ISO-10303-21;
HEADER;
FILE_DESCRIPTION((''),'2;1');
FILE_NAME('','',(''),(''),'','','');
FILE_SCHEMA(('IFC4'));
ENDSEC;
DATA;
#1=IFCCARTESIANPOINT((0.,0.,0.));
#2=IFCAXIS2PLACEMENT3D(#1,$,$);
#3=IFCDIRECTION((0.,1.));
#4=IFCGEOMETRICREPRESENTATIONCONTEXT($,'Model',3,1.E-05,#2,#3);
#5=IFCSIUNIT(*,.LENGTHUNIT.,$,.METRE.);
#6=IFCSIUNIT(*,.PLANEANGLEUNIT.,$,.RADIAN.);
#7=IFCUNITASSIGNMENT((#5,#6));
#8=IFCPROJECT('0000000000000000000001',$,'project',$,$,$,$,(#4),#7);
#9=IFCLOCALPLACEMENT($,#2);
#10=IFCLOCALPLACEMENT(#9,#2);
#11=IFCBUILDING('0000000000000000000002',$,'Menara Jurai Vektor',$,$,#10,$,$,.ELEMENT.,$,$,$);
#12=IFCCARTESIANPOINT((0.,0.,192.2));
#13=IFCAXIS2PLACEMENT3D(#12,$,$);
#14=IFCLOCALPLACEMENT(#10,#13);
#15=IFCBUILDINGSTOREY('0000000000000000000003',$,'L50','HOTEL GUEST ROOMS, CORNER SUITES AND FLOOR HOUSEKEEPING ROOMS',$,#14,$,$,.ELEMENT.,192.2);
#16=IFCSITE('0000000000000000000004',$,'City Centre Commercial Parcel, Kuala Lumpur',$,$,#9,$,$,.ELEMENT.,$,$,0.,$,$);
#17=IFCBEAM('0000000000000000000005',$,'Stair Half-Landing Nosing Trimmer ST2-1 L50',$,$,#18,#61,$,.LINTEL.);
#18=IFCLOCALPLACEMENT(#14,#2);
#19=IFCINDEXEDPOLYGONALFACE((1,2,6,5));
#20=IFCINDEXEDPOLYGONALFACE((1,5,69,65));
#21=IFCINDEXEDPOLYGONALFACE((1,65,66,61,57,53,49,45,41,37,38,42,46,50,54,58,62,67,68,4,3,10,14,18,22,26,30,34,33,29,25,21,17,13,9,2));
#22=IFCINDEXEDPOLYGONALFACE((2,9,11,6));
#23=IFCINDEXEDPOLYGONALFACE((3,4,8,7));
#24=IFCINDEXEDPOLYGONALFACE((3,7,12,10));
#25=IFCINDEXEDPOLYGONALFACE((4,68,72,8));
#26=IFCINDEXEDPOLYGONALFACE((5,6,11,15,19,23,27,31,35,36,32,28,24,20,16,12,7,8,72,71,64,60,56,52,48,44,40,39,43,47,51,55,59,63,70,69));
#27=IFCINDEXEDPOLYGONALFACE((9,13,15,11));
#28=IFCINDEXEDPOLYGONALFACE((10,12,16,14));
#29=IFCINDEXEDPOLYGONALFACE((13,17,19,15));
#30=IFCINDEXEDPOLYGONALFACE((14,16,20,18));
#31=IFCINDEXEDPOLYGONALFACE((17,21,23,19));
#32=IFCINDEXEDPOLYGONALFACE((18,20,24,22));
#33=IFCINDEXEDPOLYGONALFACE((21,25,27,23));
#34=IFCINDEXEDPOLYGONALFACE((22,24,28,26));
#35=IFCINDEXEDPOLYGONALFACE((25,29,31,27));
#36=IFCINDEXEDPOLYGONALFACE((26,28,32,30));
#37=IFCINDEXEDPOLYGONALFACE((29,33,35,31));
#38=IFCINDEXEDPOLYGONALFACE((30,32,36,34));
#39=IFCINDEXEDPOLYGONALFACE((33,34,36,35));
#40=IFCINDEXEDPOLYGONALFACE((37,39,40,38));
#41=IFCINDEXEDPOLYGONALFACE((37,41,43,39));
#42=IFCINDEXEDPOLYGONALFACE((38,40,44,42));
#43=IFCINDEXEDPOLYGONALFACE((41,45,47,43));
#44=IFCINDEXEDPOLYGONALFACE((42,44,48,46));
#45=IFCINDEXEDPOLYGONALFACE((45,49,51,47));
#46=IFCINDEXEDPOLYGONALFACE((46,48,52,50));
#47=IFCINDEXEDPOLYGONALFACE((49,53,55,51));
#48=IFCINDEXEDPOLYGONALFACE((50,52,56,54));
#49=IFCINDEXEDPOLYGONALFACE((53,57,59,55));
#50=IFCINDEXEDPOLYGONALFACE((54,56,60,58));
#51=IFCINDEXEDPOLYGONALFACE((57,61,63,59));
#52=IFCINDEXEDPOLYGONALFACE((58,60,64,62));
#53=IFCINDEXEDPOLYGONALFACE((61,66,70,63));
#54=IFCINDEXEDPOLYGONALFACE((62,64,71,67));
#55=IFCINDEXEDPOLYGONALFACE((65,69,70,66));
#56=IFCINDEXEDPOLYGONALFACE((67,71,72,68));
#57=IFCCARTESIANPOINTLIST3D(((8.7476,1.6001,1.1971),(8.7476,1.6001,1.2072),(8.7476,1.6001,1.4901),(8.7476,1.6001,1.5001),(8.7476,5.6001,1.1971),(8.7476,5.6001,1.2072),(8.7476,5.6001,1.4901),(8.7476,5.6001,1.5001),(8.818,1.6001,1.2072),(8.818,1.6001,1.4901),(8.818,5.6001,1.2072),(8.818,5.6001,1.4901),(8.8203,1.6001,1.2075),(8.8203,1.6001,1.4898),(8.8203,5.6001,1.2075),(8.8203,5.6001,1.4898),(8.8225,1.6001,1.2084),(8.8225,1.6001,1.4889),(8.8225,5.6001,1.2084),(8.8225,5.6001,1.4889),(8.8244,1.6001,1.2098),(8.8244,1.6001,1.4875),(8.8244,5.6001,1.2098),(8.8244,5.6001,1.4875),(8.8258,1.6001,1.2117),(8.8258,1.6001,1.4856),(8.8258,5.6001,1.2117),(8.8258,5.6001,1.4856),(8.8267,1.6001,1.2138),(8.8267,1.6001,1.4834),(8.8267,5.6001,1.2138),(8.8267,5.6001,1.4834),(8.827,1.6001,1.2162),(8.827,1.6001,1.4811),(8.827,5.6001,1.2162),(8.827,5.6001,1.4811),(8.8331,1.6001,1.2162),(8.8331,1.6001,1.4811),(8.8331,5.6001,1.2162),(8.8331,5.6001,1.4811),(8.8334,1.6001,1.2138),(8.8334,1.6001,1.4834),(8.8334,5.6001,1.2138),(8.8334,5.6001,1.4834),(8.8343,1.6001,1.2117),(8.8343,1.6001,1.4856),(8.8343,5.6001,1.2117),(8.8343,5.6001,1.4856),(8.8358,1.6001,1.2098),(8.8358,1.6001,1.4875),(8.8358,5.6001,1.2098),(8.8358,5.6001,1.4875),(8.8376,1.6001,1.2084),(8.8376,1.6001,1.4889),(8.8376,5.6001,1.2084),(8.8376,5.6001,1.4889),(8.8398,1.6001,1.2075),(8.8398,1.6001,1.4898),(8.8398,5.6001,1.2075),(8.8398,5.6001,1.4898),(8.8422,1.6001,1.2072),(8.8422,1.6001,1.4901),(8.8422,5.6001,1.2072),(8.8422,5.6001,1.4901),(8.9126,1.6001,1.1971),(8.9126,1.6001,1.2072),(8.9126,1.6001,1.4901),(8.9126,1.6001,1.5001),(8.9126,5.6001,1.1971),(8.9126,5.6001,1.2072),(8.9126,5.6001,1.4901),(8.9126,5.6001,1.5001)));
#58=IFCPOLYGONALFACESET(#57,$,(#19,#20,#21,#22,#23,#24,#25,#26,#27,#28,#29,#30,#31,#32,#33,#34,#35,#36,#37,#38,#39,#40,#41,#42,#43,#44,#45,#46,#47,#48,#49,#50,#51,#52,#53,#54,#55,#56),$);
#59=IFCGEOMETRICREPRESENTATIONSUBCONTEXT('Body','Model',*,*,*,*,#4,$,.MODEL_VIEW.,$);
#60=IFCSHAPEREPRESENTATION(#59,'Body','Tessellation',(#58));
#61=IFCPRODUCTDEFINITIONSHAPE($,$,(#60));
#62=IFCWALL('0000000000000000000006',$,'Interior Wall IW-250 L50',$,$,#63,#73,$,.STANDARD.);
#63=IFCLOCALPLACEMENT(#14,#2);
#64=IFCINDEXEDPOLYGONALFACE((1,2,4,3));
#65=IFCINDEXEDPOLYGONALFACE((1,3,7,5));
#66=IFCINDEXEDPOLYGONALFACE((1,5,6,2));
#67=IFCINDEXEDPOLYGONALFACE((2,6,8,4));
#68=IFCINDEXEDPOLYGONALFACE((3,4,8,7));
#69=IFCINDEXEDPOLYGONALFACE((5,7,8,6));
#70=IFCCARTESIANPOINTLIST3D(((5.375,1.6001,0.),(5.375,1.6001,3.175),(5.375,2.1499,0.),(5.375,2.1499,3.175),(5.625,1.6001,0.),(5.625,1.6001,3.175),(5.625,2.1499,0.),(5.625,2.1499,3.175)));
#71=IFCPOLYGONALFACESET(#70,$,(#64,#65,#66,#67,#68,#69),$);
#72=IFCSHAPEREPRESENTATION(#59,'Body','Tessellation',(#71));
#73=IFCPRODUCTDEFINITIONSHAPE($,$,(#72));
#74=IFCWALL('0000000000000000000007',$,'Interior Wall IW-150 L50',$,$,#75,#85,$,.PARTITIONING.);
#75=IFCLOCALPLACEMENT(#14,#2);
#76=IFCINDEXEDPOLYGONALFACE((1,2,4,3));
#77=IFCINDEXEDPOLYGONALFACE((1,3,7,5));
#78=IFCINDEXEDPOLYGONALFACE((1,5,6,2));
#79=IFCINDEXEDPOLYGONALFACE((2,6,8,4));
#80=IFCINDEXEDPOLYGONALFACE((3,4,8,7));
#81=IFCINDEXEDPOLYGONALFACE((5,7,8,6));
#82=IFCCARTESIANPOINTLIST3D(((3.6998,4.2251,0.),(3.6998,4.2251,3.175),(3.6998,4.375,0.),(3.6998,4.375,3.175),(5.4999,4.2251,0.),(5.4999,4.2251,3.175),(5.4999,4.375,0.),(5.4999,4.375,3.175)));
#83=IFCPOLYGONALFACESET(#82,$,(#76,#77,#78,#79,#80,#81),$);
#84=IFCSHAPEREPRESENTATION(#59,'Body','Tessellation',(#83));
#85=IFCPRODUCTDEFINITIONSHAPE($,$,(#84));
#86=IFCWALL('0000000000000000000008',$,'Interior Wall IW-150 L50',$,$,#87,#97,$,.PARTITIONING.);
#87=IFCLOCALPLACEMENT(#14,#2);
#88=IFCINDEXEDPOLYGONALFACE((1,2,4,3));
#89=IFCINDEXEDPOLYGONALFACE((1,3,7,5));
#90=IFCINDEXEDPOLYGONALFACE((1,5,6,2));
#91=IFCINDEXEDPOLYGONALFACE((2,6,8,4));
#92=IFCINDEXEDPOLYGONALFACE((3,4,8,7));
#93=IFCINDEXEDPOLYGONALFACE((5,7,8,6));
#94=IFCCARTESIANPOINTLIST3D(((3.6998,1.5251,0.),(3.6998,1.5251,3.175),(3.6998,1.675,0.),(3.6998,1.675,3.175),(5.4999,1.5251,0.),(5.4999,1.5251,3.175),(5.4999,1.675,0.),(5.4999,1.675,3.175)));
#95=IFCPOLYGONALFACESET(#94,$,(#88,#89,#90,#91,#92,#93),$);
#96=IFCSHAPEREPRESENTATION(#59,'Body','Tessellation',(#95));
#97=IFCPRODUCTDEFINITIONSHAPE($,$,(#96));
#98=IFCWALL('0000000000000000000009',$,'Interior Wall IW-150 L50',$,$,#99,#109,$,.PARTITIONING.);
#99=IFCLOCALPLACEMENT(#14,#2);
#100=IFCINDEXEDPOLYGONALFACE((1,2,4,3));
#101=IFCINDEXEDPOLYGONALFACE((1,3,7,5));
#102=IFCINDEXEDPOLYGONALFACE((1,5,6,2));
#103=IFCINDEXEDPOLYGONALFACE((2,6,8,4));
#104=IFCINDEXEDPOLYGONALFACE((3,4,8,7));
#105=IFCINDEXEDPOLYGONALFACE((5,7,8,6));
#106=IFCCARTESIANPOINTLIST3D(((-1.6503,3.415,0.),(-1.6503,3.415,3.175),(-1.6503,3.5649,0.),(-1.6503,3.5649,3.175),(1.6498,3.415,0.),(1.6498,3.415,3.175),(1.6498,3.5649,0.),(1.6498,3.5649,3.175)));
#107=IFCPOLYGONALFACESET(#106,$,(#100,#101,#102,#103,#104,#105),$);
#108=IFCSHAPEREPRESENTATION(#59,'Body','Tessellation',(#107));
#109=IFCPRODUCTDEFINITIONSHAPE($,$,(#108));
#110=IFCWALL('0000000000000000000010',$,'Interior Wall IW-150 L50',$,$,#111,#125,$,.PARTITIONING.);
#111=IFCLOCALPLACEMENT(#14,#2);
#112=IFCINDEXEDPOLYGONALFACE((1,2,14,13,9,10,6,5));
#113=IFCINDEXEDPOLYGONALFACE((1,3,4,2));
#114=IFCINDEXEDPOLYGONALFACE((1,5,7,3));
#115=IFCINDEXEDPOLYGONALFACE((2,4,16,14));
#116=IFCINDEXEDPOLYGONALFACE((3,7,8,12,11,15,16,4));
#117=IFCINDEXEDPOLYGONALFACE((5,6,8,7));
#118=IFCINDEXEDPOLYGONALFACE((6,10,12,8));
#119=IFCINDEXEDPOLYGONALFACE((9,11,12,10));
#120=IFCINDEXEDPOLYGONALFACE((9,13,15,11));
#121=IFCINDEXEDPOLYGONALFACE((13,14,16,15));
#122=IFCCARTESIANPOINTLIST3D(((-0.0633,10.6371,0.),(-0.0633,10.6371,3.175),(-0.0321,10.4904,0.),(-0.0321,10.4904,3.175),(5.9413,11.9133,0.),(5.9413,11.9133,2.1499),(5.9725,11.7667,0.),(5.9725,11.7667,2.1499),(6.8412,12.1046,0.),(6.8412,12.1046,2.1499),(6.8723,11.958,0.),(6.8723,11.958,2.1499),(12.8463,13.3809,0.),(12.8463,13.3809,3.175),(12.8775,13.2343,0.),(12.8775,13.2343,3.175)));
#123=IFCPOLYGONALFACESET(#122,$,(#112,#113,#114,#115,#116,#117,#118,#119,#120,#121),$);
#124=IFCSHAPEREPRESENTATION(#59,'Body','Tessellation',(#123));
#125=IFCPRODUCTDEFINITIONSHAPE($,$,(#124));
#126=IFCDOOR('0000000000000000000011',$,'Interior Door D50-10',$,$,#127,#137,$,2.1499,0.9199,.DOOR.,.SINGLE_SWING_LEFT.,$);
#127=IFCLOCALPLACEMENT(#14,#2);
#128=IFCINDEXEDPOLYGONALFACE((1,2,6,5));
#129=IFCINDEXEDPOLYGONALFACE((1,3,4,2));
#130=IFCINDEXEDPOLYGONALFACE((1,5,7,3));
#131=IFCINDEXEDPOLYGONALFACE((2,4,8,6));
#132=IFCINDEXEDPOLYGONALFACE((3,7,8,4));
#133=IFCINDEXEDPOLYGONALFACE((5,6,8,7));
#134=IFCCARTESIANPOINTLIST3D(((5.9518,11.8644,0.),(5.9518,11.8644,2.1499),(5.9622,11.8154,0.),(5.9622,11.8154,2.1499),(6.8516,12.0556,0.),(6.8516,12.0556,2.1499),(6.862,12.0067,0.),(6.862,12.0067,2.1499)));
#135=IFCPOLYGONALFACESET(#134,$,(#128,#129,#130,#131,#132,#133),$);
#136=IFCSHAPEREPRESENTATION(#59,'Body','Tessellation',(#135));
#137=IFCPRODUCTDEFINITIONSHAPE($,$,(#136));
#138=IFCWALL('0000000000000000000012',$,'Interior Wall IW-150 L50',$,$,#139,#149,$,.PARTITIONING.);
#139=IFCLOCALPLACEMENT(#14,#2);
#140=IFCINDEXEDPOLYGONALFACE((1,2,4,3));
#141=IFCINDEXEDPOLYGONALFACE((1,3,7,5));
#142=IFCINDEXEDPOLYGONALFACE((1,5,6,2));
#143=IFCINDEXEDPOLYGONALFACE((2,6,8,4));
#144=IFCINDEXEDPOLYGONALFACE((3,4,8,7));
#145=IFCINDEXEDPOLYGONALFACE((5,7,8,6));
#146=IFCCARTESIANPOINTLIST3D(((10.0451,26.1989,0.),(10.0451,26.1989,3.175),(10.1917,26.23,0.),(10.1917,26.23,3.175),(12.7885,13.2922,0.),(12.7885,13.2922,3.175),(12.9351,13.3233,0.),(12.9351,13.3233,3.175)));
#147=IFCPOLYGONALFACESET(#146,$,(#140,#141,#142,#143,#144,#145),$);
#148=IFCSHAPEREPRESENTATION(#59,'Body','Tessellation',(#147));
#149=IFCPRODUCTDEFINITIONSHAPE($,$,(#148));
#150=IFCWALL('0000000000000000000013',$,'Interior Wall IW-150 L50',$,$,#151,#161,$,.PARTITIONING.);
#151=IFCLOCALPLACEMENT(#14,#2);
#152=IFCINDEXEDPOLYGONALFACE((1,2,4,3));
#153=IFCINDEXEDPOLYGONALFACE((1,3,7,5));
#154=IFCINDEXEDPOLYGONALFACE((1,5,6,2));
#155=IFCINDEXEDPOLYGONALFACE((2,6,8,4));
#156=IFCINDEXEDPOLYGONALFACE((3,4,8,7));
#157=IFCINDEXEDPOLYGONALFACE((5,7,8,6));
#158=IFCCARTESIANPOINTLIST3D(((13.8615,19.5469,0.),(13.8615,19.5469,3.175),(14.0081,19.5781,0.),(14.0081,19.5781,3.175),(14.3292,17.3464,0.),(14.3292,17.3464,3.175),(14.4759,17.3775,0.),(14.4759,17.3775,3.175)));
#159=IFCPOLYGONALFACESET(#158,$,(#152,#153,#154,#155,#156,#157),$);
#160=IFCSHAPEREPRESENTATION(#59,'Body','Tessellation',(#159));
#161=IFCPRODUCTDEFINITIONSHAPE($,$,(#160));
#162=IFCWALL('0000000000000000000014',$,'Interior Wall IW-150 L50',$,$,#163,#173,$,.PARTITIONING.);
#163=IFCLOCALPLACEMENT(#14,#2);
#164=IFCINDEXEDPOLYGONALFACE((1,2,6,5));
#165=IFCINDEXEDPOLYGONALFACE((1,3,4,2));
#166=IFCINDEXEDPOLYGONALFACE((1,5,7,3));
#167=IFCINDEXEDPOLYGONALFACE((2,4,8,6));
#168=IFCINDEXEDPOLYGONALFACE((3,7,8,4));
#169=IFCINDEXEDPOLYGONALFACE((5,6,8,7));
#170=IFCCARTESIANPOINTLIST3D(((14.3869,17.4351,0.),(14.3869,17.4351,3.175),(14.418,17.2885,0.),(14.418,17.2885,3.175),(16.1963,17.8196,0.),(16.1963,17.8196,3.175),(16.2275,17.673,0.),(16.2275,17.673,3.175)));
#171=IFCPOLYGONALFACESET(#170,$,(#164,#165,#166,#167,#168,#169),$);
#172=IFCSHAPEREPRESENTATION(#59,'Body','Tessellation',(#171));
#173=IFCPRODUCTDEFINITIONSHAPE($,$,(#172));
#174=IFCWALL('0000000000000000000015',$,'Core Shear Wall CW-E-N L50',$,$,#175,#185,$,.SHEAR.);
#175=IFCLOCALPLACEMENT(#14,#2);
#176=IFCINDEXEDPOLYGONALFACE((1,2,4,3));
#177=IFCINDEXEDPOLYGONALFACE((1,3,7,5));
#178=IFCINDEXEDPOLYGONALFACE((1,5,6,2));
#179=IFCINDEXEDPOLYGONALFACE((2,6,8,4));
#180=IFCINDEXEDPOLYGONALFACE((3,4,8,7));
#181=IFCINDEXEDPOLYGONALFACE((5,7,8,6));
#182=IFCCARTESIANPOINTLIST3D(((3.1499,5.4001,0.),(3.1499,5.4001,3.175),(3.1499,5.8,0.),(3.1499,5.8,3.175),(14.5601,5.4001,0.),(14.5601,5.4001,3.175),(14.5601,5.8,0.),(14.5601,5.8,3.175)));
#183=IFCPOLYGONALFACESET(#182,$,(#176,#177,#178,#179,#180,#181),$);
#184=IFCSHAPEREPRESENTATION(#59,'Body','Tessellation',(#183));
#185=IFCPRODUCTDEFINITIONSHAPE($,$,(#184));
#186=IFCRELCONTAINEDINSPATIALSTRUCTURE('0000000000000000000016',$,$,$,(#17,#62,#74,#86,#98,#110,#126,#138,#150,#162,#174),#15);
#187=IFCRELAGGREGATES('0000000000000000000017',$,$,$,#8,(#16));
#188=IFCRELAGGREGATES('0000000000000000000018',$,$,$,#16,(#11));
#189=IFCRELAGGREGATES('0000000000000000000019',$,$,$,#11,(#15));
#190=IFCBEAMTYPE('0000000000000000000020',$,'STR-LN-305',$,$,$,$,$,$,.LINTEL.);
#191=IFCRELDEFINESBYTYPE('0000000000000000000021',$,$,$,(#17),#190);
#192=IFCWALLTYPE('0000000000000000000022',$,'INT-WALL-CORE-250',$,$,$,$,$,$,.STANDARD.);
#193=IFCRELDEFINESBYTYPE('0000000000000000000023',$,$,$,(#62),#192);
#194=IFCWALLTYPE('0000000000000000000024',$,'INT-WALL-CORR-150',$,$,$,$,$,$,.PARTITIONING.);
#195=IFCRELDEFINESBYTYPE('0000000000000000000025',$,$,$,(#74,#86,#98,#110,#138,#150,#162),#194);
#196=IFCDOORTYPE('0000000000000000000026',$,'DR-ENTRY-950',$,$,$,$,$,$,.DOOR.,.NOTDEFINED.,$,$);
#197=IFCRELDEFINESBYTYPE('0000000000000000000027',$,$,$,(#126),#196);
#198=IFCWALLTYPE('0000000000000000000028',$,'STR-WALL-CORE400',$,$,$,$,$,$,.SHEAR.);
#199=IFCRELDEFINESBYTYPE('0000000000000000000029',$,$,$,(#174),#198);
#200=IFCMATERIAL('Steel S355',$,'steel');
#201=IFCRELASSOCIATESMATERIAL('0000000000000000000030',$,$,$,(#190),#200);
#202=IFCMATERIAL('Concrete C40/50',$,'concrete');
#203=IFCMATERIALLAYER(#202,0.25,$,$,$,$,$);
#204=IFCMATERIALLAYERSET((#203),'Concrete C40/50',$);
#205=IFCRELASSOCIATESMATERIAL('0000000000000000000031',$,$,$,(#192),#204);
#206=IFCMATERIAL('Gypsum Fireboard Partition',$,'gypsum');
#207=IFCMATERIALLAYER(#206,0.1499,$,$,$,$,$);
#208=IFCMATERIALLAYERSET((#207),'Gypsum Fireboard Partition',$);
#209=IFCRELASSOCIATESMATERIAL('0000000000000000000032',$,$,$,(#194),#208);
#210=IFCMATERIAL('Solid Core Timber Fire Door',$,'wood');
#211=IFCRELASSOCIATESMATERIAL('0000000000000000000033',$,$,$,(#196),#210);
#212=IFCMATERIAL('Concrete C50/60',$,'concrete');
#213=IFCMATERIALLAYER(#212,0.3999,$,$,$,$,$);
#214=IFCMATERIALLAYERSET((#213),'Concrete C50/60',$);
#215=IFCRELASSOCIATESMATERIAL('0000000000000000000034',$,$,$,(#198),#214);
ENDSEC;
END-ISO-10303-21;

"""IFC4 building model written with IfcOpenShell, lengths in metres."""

from ifc_helpers import new_model, si_unit, direction, frame, frame_2d, origin, origin_2d, place, context, subcontext, project, spatial, rectangle, i_section, extrude, material, layer, layer_set, material_profile, profile_set, type_object, element, fill, save


model = new_model("IFC4")

# Units and contexts
model_context = context("Model", 3, precision=1e-05, world=origin(), true_north=direction((0.0, 1.0)))
body_context = subcontext(model_context, "Body", "Model", "MODEL_VIEW")
ifc_project = project(units=[si_unit("LENGTHUNIT", "METRE"), si_unit("PLANEANGLEUNIT", "RADIAN")], contexts=[model_context])

# Site, building, storey
site_placement = place(None, origin())
site = spatial("IfcSite", under=ifc_project, at=site_placement, Name="City Centre Commercial Parcel, Kuala Lumpur", CompositionType="ELEMENT", RefElevation=0.0)
building_placement = place(site_placement, origin())
building = spatial("IfcBuilding", under=site, at=building_placement, Name="Menara Jurai Vektor", CompositionType="ELEMENT")
storey_placement = place(building_placement, frame((0.0, 0.0, 192.2)))
storey = spatial("IfcBuildingStorey", under=building, at=storey_placement, Name="L50", Description="HOTEL GUEST ROOMS, CORNER SUITES AND FLOOR HOUSEKEEPING ROOMS", CompositionType="ELEMENT", Elevation=192.2)

# Shared definitions
ifc_material_1 = material(Name="Concrete C50/60", Category="concrete")
ifc_material_2 = material(Name="Steel S355", Category="steel")

# Beam
ifc_material_profile_1 = material_profile(ifc_material_2, i_section(OverallWidth=0.165, OverallDepth=0.303, WebThickness=0.0061, FlangeThickness=0.01, FilletRadius=0.009, at=origin_2d()), Name="UKB 305x165x40")
ifc_profile_set_1 = profile_set([ifc_material_profile_1], Name="Steel S355")
beam_type_1 = type_object("IfcBeamType", Name="STR-LN-305", PredefinedType="LINTEL", material=ifc_profile_set_1)
beam_1_placement = place(storey_placement, frame((8.8301, 1.6001, 1.3486), z_axis=(0.0, 1.0, 0.0), x_axis=(-1.0, 0.0, 0.0)))
element("IfcBeam", 1, at=beam_1_placement, inside=storey, type_object=beam_type_1, Name="Stair Half-Landing Nosing Trimmer ST2-1 L50", PredefinedType="LINTEL", context=body_context, shape_type="SweptSolid", body=[
    extrude(i_section(OverallWidth=0.165, OverallDepth=0.303, WebThickness=0.0061, FlangeThickness=0.01, FilletRadius=0.009, at=origin_2d()), origin(), (0.0, 0.0, 1.0), 4.0),
])

# Shared definitions
ifc_material_3 = material(Name="Concrete C40/50", Category="concrete")
ifc_layer_1 = layer(ifc_material_3, 0.25)
ifc_layer_set_1 = layer_set([ifc_layer_1], Name="Concrete C40/50")
wall_type_1 = type_object("IfcWallType", Name="INT-WALL-CORE-250", PredefinedType="STANDARD", material=ifc_layer_set_1)

# Walls
wall_1_placement = place(storey_placement, frame((5.5, 1.6001, 0.0), z_axis=(0.0, 0.0, 1.0), x_axis=(0.0, 1.0, 0.0)))
element("IfcWall", 2, at=wall_1_placement, inside=storey, type_object=wall_type_1, Name="Interior Wall IW-250 L50", PredefinedType="STANDARD", context=body_context, shape_type="SweptSolid", body=[
    extrude(rectangle(XDim=0.5498, YDim=0.25, at=frame_2d((0.2749, 0.0))), origin(), (0.0, 0.0, 1.0), 3.175),
])
ifc_material_4 = material(Name="Gypsum Fireboard Partition", Category="gypsum")
ifc_layer_2 = layer(ifc_material_4, 0.1499)
ifc_layer_set_2 = layer_set([ifc_layer_2], Name="Gypsum Fireboard Partition")
wall_type_2 = type_object("IfcWallType", Name="INT-WALL-CORR-150", PredefinedType="PARTITIONING", material=ifc_layer_set_2)
for number, where, z_axis, x_axis, name in (
    (3, (3.7, 4.3, 0.0), (0.0, 0.0, 1.0), (1.0, 0.0, 0.0), "Interior Wall IW-150 L50"),
    (4, (3.7, 1.6001, 0.0), (0.0, 0.0, 1.0), (1.0, 0.0, 0.0), "Interior Wall IW-150 L50"),
):
    element("IfcWall", number, at=place(storey_placement, frame(where, z_axis=z_axis, x_axis=x_axis)), inside=storey, type_object=wall_type_2, Name=name, PredefinedType="PARTITIONING", context=body_context, shape_type="SweptSolid", body=[
        extrude(rectangle(XDim=1.8, YDim=0.1499, at=frame_2d((0.8999, 0.0))), origin(), (0.0, 0.0, 1.0), 3.175),
    ])
wall_2_placement = place(storey_placement, frame((-1.6501, 3.49, 0.0), z_axis=(0.0, 0.0, 1.0), x_axis=(1.0, 0.0, 0.0)))
element("IfcWall", 5, at=wall_2_placement, inside=storey, type_object=wall_type_2, Name="Interior Wall IW-150 L50", PredefinedType="PARTITIONING", context=body_context, shape_type="SweptSolid", body=[
    extrude(rectangle(XDim=3.3, YDim=0.1499, at=frame_2d((1.6499, 0.0))), origin(), (0.0, 0.0, 1.0), 3.175),
])

# Wall, opening, door
wall_3_placement = place(storey_placement, frame((-0.0479, 10.5637, 0.0), z_axis=(0.0, 0.0, 1.0), x_axis=(0.97815, 0.207902, 0.0)))
wall_3 = element("IfcWall", 6, at=wall_3_placement, inside=storey, type_object=wall_type_2, Name="Interior Wall IW-150 L50", PredefinedType="PARTITIONING", context=body_context, shape_type="SweptSolid", body=[
    extrude(rectangle(XDim=13.198, YDim=0.1499, at=frame_2d((6.5991, 0.0))), origin(), (0.0, 0.0, 1.0), 3.175),
])
opening_1_placement = place(wall_3_placement, frame((6.1389, 0.0, 0.0)))
opening_1 = element("IfcOpeningElement", 7, at=opening_1_placement, cuts=wall_3, PredefinedType="OPENING", context=body_context, shape_type="SweptSolid", body=[
    extrude(rectangle(XDim=0.9199, YDim=2.1499, at=frame_2d((0.46, 1.075))), frame((0.0, 0.085, 0.0), z_axis=(0.0, -1.0, 0.0), x_axis=(1.0, 0.0, 0.0)), (0.0, 0.0, 1.0), 0.1699),
])
ifc_material_5 = material(Name="Solid Core Timber Fire Door", Category="wood")
door_type_1 = type_object("IfcDoorType", Name="DR-ENTRY-950", OperationType="NOTDEFINED", PredefinedType="DOOR", material=ifc_material_5)
door_1_placement = place(opening_1_placement, origin())
door_1 = element("IfcDoor", 8, at=door_1_placement, inside=storey, type_object=door_type_1, Name="Interior Door D50-10", OperationType="SINGLE_SWING_LEFT", OverallHeight=2.1499, OverallWidth=0.9199, PredefinedType="DOOR", context=body_context, shape_type="SweptSolid", body=[
    extrude(rectangle(XDim=0.9199, YDim=2.1499, at=frame_2d((0.46, 1.075))), frame((0.0, 0.0249, 0.0), z_axis=(0.0, -1.0, 0.0), x_axis=(1.0, 0.0, 0.0)), (0.0, 0.0, 1.0), 0.05),
])
fill(opening_1, door_1)

# Walls
wall_4_placement = place(storey_placement, frame((12.8618, 13.3076, 0.0), z_axis=(0.0, 0.0, 1.0), x_axis=(-0.207911, 0.978148, 0.0)))
element("IfcWall", 9, at=wall_4_placement, inside=storey, type_object=wall_type_2, Name="Interior Wall IW-150 L50", PredefinedType="PARTITIONING", context=body_context, shape_type="SweptSolid", body=[
    extrude(rectangle(XDim=13.1951, YDim=0.1499, at=frame_2d((6.5977, 0.0))), origin(), (0.0, 0.0, 1.0), 3.175),
])
wall_5_placement = place(storey_placement, frame((14.4026, 17.3618, 0.0), z_axis=(0.0, 0.0, 1.0), x_axis=(-0.207913, 0.978147, 0.0)))
element("IfcWall", 10, at=wall_5_placement, inside=storey, type_object=wall_type_2, Name="Interior Wall IW-150 L50", PredefinedType="PARTITIONING", context=body_context, shape_type="SweptSolid", body=[
    extrude(rectangle(XDim=2.2498, YDim=0.1499, at=frame_2d((1.125, 0.0))), origin(), (0.0, 0.0, 1.0), 3.175),
])

# Walls
wall_6_placement = place(storey_placement, frame((14.4026, 17.3618, 0.0), z_axis=(0.0, 0.0, 1.0), x_axis=(0.97816, 0.207852, 0.0)))
element("IfcWall", 11, at=wall_6_placement, inside=storey, type_object=wall_type_2, Name="Interior Wall IW-150 L50", PredefinedType="PARTITIONING", context=body_context, shape_type="SweptSolid", body=[
    extrude(rectangle(XDim=1.8499, YDim=0.1499, at=frame_2d((0.9248, 0.0))), origin(), (0.0, 0.0, 1.0), 3.175),
])
ifc_layer_3 = layer(ifc_material_1, 0.3999)
ifc_layer_set_3 = layer_set([ifc_layer_3], Name="Concrete C50/60")
wall_type_3 = type_object("IfcWallType", Name="STR-WALL-CORE400", PredefinedType="SHEAR", material=ifc_layer_set_3)
wall_7_placement = place(storey_placement, frame((3.1499, 5.6001, 0.0), z_axis=(0.0, 0.0, 1.0), x_axis=(1.0, 0.0, 0.0)))
element("IfcWall", 12, at=wall_7_placement, inside=storey, type_object=wall_type_3, Name="Core Shear Wall CW-E-N L50", PredefinedType="SHEAR", context=body_context, shape_type="SweptSolid", body=[
    extrude(rectangle(XDim=11.4102, YDim=0.3999, at=frame_2d((5.7051, 0.0))), origin(), (0.0, 0.0, 1.0), 3.175),
])

save(model, "model.ifc")
